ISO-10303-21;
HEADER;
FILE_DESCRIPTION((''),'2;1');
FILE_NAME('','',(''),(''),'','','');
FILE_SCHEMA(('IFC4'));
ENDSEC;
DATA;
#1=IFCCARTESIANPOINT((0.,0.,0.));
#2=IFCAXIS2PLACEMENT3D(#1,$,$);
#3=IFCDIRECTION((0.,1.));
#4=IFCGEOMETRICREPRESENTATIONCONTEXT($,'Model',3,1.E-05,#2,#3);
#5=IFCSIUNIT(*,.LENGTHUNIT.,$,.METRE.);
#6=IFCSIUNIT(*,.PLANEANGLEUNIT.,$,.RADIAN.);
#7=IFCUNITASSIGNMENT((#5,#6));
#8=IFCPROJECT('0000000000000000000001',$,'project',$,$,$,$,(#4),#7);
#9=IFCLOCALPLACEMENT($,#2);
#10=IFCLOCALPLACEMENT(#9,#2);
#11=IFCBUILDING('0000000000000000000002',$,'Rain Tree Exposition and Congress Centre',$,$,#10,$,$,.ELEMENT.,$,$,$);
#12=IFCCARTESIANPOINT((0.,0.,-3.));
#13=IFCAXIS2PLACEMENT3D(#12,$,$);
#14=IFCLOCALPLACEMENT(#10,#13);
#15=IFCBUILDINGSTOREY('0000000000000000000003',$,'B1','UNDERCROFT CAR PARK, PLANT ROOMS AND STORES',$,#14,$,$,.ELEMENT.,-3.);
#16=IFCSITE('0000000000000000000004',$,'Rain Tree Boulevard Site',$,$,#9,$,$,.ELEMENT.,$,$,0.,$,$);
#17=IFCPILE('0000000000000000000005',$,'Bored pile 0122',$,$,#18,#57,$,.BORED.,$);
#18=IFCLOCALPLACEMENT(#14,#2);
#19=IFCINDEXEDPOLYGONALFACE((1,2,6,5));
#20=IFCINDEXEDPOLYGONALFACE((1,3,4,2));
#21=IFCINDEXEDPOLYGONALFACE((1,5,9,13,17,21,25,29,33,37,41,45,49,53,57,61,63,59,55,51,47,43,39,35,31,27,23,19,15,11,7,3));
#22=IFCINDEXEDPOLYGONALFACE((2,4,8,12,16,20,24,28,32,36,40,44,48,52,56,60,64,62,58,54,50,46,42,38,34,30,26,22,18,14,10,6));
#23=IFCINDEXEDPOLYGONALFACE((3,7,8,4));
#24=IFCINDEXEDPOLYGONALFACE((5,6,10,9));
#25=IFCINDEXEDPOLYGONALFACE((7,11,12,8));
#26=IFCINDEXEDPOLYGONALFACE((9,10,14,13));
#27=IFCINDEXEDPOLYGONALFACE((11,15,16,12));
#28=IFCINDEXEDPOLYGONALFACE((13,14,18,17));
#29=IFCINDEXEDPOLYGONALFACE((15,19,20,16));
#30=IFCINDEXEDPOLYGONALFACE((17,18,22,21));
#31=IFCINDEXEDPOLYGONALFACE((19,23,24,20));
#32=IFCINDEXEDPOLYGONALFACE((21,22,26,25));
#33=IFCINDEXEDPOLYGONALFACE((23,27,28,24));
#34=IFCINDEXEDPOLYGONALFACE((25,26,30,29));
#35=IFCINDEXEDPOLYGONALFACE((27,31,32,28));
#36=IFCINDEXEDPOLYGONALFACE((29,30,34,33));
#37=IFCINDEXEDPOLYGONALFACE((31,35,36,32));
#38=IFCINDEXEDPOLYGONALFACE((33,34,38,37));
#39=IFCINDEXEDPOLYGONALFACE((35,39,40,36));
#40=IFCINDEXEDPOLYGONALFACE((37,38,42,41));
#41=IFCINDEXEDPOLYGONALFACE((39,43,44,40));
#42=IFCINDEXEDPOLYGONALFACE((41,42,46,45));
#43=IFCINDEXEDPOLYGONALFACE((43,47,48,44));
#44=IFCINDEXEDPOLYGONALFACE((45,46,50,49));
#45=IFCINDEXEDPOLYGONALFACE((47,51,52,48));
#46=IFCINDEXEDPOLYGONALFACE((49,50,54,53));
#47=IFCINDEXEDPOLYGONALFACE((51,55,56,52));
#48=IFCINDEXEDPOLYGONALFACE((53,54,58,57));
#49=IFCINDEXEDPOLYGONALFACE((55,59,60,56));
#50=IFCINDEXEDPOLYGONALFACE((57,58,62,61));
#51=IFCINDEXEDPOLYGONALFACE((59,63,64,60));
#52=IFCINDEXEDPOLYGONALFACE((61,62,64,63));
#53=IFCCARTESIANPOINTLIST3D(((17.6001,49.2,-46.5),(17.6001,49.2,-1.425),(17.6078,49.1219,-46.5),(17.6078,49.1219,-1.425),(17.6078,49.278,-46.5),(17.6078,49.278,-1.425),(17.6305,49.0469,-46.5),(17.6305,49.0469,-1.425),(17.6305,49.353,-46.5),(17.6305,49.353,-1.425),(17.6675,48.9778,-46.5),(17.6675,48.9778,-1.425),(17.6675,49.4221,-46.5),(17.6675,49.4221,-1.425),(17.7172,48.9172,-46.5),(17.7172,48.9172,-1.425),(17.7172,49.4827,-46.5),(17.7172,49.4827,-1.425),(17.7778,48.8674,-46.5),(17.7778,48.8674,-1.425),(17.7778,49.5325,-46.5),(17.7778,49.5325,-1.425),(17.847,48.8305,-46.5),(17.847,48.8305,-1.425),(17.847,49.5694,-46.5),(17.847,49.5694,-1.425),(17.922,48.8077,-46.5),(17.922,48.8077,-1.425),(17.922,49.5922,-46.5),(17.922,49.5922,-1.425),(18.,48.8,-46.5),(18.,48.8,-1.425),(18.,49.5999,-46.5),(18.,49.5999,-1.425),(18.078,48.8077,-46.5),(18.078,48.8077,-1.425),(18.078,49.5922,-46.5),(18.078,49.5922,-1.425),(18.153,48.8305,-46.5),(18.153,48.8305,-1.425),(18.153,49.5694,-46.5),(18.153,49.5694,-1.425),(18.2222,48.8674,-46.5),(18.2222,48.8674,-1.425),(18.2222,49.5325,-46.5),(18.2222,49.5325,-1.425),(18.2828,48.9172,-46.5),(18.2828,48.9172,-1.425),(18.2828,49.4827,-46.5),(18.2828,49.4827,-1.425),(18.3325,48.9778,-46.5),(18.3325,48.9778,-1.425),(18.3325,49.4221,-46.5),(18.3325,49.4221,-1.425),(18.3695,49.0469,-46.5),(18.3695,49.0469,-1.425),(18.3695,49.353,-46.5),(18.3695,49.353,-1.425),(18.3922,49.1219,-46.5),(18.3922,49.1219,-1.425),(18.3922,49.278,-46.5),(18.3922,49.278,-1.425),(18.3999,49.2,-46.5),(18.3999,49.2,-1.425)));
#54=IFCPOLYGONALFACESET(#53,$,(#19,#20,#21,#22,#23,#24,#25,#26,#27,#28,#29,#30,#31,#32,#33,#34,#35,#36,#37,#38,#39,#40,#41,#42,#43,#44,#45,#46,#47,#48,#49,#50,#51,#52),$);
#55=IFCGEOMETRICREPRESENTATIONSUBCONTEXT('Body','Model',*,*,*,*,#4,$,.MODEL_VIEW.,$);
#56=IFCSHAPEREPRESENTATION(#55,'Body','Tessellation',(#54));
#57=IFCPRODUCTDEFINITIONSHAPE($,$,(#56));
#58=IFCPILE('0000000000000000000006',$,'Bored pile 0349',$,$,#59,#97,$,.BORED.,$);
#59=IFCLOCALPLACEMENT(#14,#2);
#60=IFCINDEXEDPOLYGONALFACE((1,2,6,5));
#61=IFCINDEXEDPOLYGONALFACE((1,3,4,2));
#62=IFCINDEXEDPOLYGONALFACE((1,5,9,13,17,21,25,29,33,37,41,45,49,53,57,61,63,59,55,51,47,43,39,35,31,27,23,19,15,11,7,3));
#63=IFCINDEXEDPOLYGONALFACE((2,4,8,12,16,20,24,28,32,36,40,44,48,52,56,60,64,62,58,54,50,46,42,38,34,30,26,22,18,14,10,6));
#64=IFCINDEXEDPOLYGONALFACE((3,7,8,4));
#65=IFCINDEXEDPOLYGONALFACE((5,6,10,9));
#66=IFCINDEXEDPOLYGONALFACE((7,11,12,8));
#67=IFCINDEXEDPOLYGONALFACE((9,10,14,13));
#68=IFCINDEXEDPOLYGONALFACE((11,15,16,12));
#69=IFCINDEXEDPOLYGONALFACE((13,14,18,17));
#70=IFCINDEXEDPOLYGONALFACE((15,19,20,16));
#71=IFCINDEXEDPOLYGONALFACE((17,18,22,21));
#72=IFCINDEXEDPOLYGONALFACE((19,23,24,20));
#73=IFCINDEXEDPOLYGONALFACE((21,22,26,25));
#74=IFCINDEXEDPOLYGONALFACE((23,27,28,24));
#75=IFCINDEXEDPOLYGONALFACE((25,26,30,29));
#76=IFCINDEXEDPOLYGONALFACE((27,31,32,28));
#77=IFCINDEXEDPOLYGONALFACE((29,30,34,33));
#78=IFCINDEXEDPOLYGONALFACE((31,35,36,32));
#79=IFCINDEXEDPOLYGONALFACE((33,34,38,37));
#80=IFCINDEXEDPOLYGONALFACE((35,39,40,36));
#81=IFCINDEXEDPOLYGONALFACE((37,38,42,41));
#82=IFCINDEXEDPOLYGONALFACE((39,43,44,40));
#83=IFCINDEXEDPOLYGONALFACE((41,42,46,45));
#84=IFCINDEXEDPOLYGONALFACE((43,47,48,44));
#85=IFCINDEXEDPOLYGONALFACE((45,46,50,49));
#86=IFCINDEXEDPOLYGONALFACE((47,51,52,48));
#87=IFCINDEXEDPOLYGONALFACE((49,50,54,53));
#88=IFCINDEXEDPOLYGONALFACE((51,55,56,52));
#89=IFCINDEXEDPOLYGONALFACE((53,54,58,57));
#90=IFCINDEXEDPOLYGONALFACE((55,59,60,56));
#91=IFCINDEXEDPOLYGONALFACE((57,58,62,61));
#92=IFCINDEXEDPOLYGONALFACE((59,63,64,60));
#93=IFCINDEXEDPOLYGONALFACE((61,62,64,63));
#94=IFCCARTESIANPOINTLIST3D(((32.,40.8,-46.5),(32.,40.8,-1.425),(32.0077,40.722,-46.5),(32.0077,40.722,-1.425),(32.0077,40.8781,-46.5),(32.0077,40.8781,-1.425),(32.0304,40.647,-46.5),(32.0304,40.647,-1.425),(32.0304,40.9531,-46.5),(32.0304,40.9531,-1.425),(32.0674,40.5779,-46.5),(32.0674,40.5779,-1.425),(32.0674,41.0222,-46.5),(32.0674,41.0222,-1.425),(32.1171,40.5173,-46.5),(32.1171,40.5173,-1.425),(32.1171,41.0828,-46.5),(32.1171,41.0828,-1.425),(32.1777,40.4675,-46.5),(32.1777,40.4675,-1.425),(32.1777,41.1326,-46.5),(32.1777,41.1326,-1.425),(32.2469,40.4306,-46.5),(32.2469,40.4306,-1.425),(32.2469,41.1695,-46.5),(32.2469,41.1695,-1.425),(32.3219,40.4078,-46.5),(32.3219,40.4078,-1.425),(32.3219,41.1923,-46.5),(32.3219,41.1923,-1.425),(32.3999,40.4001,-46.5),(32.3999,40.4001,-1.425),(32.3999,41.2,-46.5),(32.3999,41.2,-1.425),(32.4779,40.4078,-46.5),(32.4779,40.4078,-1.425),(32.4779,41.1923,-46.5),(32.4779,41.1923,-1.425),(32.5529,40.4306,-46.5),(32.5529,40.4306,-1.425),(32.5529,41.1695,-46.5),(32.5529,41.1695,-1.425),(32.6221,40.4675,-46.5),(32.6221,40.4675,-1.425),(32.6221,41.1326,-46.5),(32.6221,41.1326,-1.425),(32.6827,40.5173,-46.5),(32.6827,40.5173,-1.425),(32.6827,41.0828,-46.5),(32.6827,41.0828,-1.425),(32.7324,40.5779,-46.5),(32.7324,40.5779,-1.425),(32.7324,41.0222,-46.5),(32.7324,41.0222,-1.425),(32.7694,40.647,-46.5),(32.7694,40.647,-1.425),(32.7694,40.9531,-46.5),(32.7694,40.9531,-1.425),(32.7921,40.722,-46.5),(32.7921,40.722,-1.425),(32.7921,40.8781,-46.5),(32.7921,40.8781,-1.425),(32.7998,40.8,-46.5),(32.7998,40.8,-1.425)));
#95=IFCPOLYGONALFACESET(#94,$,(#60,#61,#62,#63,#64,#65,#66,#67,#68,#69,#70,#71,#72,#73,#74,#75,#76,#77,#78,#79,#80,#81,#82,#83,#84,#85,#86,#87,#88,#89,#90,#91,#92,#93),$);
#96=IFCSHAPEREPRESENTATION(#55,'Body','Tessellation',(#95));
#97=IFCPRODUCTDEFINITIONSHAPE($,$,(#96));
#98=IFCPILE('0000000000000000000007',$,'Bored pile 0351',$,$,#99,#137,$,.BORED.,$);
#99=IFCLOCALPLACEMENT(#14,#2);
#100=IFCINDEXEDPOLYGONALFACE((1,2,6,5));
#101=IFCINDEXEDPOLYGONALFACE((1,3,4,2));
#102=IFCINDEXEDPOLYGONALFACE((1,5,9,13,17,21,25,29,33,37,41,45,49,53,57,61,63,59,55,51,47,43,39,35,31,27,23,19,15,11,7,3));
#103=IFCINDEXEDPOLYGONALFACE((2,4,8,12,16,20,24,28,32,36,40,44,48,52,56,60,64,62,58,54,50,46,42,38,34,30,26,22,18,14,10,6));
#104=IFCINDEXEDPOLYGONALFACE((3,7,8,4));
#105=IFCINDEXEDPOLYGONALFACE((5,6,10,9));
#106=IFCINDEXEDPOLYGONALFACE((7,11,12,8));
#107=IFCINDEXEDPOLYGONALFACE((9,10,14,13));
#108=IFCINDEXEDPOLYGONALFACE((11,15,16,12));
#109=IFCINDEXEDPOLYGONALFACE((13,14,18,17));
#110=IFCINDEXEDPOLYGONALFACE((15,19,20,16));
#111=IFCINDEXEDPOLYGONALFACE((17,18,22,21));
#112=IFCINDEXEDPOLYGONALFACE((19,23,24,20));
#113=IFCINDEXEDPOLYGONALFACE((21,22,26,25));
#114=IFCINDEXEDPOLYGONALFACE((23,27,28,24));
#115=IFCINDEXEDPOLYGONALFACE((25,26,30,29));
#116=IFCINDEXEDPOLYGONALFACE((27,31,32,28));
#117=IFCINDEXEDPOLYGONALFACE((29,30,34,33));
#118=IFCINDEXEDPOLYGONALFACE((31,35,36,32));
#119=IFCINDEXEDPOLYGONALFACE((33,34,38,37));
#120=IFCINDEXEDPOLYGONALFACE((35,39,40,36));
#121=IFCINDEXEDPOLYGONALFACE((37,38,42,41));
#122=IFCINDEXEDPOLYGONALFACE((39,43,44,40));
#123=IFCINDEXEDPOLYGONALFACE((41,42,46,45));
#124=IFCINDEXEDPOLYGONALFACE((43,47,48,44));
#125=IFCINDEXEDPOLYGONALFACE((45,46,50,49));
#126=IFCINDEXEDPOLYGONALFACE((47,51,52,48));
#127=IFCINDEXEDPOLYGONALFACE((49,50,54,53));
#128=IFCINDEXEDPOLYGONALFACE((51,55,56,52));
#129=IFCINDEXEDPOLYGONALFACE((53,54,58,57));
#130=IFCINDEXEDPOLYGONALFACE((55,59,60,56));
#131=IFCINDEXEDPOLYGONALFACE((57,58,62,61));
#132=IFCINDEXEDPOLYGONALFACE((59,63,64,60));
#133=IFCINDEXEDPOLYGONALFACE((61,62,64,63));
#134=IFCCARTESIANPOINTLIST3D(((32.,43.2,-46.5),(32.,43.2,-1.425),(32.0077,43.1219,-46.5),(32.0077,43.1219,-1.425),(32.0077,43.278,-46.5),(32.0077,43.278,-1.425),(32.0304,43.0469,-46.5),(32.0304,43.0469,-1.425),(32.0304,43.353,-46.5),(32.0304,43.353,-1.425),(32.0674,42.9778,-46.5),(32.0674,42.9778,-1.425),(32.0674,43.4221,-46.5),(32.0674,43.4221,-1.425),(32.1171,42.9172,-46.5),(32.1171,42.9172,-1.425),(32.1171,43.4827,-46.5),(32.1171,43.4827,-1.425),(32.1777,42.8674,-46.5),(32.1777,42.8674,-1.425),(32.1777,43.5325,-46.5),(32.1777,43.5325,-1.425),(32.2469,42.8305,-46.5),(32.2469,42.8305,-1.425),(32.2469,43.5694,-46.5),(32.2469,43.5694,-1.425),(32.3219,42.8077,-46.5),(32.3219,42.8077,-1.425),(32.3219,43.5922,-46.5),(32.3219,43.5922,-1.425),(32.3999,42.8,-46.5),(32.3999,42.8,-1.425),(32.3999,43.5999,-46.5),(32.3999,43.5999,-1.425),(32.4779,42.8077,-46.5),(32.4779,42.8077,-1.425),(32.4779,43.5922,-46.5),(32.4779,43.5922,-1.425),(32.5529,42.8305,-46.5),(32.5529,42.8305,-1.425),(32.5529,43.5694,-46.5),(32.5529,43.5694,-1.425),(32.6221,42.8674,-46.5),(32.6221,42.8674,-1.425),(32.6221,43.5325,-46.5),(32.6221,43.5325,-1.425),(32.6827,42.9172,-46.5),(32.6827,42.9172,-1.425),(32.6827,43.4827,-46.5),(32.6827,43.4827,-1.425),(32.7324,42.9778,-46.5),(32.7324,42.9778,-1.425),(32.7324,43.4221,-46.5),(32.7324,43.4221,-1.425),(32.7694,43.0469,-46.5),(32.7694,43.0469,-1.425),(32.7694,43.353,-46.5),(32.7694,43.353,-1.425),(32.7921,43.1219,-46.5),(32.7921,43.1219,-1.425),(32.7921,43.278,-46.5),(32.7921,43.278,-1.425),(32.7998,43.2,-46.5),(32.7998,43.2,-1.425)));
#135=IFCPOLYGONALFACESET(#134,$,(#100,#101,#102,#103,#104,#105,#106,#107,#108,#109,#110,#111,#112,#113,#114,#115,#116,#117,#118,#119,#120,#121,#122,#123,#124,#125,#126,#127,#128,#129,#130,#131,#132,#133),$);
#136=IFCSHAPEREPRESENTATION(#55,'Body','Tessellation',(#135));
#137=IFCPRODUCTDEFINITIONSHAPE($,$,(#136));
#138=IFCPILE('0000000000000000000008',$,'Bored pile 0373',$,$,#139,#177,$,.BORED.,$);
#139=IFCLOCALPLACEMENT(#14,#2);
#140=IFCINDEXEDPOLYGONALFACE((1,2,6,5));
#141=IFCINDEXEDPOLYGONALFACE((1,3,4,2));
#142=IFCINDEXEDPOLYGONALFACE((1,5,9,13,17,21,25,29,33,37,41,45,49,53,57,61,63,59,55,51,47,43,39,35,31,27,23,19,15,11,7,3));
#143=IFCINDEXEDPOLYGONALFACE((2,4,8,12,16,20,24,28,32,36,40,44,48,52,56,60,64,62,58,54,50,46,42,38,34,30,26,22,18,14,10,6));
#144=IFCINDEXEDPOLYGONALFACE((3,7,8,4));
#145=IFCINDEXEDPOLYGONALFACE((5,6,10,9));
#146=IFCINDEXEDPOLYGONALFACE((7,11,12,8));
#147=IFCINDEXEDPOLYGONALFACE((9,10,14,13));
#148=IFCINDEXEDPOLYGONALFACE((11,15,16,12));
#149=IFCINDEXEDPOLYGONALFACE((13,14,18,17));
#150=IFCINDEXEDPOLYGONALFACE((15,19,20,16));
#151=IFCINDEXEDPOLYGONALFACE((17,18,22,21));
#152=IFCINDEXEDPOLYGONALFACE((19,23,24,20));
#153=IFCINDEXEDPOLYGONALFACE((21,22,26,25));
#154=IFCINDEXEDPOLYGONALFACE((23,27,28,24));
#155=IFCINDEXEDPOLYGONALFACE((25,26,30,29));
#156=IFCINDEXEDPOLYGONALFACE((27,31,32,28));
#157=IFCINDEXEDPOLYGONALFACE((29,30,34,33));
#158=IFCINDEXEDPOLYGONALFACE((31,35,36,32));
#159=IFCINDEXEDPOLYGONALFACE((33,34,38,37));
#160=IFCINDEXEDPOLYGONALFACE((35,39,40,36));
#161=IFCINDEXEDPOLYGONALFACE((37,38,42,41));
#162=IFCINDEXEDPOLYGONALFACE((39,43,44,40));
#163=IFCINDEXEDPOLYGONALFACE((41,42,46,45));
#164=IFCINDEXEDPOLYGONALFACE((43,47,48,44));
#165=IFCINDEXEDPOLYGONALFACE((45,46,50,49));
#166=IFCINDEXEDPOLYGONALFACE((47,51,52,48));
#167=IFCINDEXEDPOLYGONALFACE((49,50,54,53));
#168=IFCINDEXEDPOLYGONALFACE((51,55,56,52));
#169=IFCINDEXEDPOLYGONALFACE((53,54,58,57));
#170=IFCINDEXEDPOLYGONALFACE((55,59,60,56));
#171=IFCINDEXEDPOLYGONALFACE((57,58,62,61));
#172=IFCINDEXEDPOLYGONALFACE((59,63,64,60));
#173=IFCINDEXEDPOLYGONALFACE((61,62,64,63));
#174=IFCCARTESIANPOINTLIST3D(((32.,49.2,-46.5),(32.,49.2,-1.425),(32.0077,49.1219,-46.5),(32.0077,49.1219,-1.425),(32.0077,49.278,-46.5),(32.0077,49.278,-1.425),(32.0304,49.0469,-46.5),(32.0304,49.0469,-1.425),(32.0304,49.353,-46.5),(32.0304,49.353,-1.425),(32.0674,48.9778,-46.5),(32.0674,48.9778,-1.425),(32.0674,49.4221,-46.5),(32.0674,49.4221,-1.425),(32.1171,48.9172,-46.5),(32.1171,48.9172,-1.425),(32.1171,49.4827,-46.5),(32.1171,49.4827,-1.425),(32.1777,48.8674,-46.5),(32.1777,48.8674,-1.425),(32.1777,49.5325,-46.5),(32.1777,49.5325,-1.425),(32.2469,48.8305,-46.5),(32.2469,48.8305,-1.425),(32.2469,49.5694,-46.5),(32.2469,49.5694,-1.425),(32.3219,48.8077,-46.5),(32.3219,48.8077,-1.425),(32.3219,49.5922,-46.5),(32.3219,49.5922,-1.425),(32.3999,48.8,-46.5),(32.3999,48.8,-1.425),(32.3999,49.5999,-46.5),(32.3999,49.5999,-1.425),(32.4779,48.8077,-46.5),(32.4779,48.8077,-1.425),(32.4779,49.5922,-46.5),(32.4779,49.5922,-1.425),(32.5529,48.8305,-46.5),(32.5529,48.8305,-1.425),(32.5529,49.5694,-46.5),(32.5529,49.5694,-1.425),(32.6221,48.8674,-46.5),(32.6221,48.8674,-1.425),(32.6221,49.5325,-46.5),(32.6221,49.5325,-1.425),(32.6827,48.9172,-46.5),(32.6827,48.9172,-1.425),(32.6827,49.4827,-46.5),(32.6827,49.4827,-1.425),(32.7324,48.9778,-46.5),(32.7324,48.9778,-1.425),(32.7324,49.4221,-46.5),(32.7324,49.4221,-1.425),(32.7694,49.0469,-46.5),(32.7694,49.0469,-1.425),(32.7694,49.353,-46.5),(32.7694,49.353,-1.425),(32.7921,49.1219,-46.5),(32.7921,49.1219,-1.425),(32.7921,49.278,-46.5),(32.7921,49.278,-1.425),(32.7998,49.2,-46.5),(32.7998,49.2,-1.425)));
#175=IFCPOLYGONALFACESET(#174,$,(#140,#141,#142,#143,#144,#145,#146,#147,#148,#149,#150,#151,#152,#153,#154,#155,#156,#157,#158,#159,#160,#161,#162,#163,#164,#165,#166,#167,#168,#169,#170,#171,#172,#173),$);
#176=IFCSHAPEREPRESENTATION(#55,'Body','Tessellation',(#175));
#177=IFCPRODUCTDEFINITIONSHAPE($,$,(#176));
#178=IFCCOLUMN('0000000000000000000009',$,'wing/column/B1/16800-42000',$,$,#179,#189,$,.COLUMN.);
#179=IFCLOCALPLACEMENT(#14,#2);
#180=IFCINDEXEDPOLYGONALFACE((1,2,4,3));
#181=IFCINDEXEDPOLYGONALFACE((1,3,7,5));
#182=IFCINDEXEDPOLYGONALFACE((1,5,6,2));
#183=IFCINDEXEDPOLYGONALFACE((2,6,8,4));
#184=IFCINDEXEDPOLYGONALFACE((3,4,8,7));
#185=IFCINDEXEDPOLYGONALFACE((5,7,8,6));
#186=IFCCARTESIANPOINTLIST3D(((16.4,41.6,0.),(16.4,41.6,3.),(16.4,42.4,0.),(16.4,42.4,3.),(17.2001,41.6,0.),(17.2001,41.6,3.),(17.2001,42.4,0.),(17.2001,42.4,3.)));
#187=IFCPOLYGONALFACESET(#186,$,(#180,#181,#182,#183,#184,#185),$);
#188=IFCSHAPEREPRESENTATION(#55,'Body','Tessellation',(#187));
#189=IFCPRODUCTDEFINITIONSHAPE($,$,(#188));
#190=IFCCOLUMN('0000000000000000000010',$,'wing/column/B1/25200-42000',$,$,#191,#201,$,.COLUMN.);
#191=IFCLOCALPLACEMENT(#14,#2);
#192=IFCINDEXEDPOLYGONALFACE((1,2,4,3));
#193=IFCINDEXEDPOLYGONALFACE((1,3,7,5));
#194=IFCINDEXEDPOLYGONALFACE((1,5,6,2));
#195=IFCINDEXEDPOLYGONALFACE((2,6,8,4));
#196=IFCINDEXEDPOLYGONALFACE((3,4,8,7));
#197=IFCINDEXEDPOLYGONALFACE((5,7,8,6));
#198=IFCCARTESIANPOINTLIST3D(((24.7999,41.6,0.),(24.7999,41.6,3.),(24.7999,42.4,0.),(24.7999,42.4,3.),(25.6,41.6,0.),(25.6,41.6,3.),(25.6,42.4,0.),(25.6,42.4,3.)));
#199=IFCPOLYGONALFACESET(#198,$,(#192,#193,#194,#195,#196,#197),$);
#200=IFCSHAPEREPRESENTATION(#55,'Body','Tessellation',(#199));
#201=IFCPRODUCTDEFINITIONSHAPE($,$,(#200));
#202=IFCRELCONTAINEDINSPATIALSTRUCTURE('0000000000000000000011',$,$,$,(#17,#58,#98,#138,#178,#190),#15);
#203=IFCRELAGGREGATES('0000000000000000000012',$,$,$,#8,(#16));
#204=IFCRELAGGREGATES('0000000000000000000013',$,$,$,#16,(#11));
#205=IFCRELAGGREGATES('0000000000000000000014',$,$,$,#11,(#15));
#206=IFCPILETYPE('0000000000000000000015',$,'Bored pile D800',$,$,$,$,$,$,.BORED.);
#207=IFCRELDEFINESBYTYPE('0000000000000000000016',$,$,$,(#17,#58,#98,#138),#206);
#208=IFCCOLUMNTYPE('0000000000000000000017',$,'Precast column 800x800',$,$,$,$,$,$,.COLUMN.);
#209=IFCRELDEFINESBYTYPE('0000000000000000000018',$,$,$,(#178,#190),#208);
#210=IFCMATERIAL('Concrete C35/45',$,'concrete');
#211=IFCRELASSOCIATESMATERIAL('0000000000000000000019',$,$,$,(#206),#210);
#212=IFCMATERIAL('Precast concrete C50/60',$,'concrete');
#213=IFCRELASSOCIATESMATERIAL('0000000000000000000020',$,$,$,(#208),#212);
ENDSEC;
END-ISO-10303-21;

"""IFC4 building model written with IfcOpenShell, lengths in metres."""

from ifc_helpers import new_model, si_unit, direction, frame, origin, origin_2d, place, context, subcontext, project, spatial, rectangle, circle, extrude, material, material_profile, profile_set, type_object, element, save


model = new_model("IFC4")

# Units and contexts
model_context = context("Model", 3, precision=1e-05, world=origin(), true_north=direction((0.0, 1.0)))
body_context = subcontext(model_context, "Body", "Model", "MODEL_VIEW")
ifc_project = project(units=[si_unit("LENGTHUNIT", "METRE"), si_unit("PLANEANGLEUNIT", "RADIAN")], contexts=[model_context])

# Site, building, storey
site_placement = place(None, origin())
site = spatial("IfcSite", under=ifc_project, at=site_placement, Name="Rain Tree Boulevard Site", CompositionType="ELEMENT", RefElevation=0.0)
building_placement = place(site_placement, origin())
building = spatial("IfcBuilding", under=site, at=building_placement, Name="Rain Tree Exposition and Congress Centre", CompositionType="ELEMENT")
storey_placement = place(building_placement, frame((0.0, 0.0, -3.0)))
storey = spatial("IfcBuildingStorey", under=building, at=storey_placement, Name="B1", Description="UNDERCROFT CAR PARK, PLANT ROOMS AND STORES", CompositionType="ELEMENT", Elevation=-3.0)

# Piles
ifc_material_1 = material(Name="Concrete C35/45", Category="concrete")
ifc_material_profile_1 = material_profile(ifc_material_1, circle(Radius=0.3999, at=origin_2d()), Name="D800")
ifc_profile_set_1 = profile_set([ifc_material_profile_1], Name="Concrete C35/45")
pile_type = type_object("IfcPileType", Name="Bored pile D800", PredefinedType="BORED", material=ifc_profile_set_1)
for number, where, z_axis, x_axis, name in (
    (1, (18.0, 49.2, -1.425), (0.0, 0.0, -1.0), (1.0, 0.0, 0.0), "Bored pile 0122"),
    (2, (32.3999, 40.8, -1.425), (0.0, 0.0, -1.0), (1.0, 0.0, 0.0), "Bored pile 0349"),
    (3, (32.3999, 43.2, -1.425), (0.0, 0.0, -1.0), (1.0, 0.0, 0.0), "Bored pile 0351"),
    (4, (32.3999, 49.2, -1.425), (0.0, 0.0, -1.0), (1.0, 0.0, 0.0), "Bored pile 0373"),
):
    element("IfcPile", number, at=place(storey_placement, frame(where, z_axis=z_axis, x_axis=x_axis)), inside=storey, type_object=pile_type, Name=name, PredefinedType="BORED", context=body_context, shape_type="SweptSolid", body=[
        extrude(circle(Radius=0.3999, at=origin_2d()), origin(), (0.0, 0.0, 1.0), 45.075),
    ])

# Columns
ifc_material_2 = material(Name="Precast concrete C50/60", Category="concrete")
ifc_material_profile_2 = material_profile(ifc_material_2, rectangle(XDim=0.8, YDim=0.8, at=origin_2d()), Name="RC 800x800")
ifc_profile_set_2 = profile_set([ifc_material_profile_2], Name="Precast concrete C50/60")
column_type = type_object("IfcColumnType", Name="Precast column 800x800", PredefinedType="COLUMN", material=ifc_profile_set_2)
for number, where, z_axis, x_axis, name in (
    (5, (16.8, 42.0, 0.0), (0.0, 0.0, 1.0), (1.0, 0.0, 0.0), "wing/column/B1/16800-42000"),
    (6, (25.2, 42.0, 0.0), (0.0, 0.0, 1.0), (1.0, 0.0, 0.0), "wing/column/B1/25200-42000"),
):
    element("IfcColumn", number, at=place(storey_placement, frame(where, z_axis=z_axis, x_axis=x_axis)), inside=storey, type_object=column_type, Name=name, PredefinedType="COLUMN", context=body_context, shape_type="SweptSolid", body=[
        extrude(rectangle(XDim=0.8, YDim=0.8, at=origin_2d()), origin(), (0.0, 0.0, 1.0), 3.0),
    ])

save(model, "model.ifc")
